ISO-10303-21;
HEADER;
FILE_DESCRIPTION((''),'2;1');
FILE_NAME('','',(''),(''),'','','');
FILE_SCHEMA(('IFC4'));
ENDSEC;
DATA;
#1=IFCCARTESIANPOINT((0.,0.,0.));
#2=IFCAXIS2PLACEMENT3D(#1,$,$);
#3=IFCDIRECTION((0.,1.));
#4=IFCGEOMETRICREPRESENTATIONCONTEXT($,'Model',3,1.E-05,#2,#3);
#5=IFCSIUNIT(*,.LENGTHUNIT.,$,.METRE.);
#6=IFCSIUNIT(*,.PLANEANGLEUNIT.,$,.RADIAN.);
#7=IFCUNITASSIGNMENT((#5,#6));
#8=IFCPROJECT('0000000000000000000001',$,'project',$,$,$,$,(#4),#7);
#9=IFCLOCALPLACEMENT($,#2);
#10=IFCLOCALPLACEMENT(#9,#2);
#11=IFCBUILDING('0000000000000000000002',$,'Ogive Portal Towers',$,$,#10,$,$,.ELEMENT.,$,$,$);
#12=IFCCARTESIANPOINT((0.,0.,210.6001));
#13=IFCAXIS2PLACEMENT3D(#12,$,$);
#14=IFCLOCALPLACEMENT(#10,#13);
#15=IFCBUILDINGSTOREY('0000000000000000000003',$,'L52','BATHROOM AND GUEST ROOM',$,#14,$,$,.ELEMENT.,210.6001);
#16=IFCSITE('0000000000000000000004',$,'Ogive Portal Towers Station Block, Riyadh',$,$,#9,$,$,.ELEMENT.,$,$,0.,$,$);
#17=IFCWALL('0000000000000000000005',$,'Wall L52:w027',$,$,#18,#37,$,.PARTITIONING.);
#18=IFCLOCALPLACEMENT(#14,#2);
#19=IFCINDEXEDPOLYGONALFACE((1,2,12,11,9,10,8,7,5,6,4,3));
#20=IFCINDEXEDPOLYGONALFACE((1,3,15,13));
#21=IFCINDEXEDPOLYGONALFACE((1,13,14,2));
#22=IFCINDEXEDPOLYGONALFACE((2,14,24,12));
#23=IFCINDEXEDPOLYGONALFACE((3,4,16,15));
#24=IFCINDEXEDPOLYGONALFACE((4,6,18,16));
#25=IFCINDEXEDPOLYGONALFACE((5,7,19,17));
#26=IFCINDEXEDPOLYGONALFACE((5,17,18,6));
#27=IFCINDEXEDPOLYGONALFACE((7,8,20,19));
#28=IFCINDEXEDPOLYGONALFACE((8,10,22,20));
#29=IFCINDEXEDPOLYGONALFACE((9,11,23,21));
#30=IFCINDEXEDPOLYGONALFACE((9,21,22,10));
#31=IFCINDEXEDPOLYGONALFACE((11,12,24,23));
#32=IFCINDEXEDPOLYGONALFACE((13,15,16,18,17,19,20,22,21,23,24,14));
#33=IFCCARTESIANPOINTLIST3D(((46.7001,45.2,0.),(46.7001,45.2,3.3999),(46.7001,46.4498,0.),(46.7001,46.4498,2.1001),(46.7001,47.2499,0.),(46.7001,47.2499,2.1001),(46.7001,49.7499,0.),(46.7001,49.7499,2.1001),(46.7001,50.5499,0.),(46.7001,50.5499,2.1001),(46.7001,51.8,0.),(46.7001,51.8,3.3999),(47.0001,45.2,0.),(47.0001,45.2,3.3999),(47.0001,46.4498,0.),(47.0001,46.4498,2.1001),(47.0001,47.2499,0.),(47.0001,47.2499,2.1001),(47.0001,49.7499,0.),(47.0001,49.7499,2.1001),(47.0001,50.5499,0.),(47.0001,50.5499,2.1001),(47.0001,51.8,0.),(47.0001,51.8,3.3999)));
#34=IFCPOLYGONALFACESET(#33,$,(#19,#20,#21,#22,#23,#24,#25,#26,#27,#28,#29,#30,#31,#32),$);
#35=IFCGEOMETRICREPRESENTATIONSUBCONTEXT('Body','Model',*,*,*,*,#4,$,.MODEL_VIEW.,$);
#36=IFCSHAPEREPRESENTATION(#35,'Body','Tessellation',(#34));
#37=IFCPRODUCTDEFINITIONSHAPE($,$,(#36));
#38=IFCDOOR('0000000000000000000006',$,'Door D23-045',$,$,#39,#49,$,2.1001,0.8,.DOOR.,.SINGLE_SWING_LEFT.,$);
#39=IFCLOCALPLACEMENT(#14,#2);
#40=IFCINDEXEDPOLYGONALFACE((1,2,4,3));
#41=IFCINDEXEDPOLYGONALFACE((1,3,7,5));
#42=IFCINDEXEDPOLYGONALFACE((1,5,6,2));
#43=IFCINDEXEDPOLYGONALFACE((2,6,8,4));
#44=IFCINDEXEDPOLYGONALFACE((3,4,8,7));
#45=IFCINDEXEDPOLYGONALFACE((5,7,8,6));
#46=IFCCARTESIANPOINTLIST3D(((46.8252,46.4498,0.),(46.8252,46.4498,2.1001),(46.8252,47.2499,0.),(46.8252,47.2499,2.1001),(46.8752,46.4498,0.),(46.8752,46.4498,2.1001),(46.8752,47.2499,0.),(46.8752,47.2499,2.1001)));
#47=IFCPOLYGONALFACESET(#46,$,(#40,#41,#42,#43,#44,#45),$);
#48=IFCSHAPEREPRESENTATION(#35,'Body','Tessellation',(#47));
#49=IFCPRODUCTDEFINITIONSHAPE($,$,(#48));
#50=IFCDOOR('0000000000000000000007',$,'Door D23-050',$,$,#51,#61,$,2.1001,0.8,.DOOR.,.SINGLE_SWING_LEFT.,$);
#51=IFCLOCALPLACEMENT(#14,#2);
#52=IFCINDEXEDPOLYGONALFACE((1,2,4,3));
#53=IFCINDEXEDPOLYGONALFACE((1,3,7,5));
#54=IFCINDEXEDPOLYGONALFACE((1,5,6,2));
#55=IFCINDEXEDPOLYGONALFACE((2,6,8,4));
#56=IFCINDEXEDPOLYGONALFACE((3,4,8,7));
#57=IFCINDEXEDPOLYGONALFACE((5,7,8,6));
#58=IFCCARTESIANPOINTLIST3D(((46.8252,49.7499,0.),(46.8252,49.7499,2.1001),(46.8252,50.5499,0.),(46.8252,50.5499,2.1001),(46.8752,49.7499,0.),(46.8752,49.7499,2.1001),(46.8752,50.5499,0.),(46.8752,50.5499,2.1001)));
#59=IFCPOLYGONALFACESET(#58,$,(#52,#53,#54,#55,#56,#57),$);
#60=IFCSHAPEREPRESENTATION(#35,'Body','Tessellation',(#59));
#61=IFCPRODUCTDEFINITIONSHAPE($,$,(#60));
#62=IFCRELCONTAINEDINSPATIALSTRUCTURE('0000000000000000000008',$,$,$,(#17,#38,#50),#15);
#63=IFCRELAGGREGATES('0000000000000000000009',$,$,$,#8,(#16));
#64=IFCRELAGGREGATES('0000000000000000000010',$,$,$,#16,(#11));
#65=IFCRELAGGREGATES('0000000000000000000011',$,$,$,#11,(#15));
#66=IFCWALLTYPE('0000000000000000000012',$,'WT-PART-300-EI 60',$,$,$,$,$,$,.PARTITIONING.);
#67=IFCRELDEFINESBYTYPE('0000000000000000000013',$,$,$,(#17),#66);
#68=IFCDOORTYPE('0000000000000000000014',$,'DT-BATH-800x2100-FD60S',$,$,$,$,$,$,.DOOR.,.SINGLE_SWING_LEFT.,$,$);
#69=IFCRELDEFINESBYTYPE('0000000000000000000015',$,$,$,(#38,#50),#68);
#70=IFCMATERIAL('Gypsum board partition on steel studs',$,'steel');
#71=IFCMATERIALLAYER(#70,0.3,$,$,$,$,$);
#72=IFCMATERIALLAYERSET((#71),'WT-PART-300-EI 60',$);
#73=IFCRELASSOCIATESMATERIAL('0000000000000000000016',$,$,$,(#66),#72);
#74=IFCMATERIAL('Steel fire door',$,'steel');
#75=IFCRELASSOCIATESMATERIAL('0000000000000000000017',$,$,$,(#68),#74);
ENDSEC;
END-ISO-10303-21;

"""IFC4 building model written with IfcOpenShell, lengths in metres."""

from ifc_helpers import new_model, si_unit, direction, frame, frame_2d, origin, place, context, subcontext, project, spatial, rectangle, extrude, material, layer, layer_set, type_object, element, fill, save


model = new_model("IFC4")

# Units and contexts
model_context = context("Model", 3, precision=1e-05, world=origin(), true_north=direction((0.0, 1.0)))
body_context = subcontext(model_context, "Body", "Model", "MODEL_VIEW")
ifc_project = project(units=[si_unit("LENGTHUNIT", "METRE"), si_unit("PLANEANGLEUNIT", "RADIAN")], contexts=[model_context])

# Site, building, storey
site_placement = place(None, origin())
site = spatial("IfcSite", under=ifc_project, at=site_placement, Name="Ogive Portal Towers Station Block, Riyadh", CompositionType="ELEMENT", RefElevation=0.0)
building_placement = place(site_placement, origin())
building = spatial("IfcBuilding", under=site, at=building_placement, Name="Ogive Portal Towers", CompositionType="ELEMENT")
storey_placement = place(building_placement, frame((0.0, 0.0, 210.6001)))
storey = spatial("IfcBuildingStorey", under=building, at=storey_placement, Name="L52", Description="BATHROOM AND GUEST ROOM", CompositionType="ELEMENT", Elevation=210.6001)

# Shared definitions
ifc_material_1 = material(Name="Gypsum board partition on steel studs", Category="steel")
ifc_layer_1 = layer(ifc_material_1, 0.3)
ifc_layer_set_1 = layer_set([ifc_layer_1], Name="WT-PART-300-EI 60")
wall_type = type_object("IfcWallType", Name="WT-PART-300-EI 60", PredefinedType="PARTITIONING", material=ifc_layer_set_1)

# Wall, openings, doors
wall_1_placement = place(storey_placement, frame((46.8501, 45.2, 0.0), z_axis=(0.0, 0.0, 1.0), x_axis=(0.0, 1.0, 0.0)))
wall_1 = element("IfcWall", 1, at=wall_1_placement, inside=storey, type_object=wall_type, Name="Wall L52:w027", PredefinedType="PARTITIONING", context=body_context, shape_type="SweptSolid", body=[
    extrude(rectangle(XDim=6.6001, YDim=0.3, at=frame_2d((3.3, 0.0))), origin(), (0.0, 0.0, 1.0), 3.3999),
])
opening_1_placement = place(wall_1_placement, frame((1.25, 0.0, 0.0)))
opening_1 = element("IfcOpeningElement", 2, at=opening_1_placement, cuts=wall_1, PredefinedType="OPENING", context=body_context, shape_type="SweptSolid", body=[
    extrude(rectangle(XDim=0.8, YDim=2.1001, at=frame_2d((0.3999, 1.05))), frame((0.0, 0.1602, 0.0), z_axis=(0.0, -1.0, 0.0), x_axis=(1.0, 0.0, 0.0)), (0.0, 0.0, 1.0), 0.3201),
])
opening_2_placement = place(wall_1_placement, frame((4.55, 0.0, 0.0)))
opening_2 = element("IfcOpeningElement", 3, at=opening_2_placement, cuts=wall_1, PredefinedType="OPENING", context=body_context, shape_type="SweptSolid", body=[
    extrude(rectangle(XDim=0.8, YDim=2.1001, at=frame_2d((0.3999, 1.05))), frame((0.0, 0.1602, 0.0), z_axis=(0.0, -1.0, 0.0), x_axis=(1.0, 0.0, 0.0)), (0.0, 0.0, 1.0), 0.3201),
])
ifc_material_2 = material(Name="Steel fire door", Category="steel")
door_type = type_object("IfcDoorType", Name="DT-BATH-800x2100-FD60S", OperationType="SINGLE_SWING_LEFT", PredefinedType="DOOR", material=ifc_material_2)
door_1_placement = place(opening_1_placement, origin())
door_1 = element("IfcDoor", 4, at=door_1_placement, inside=storey, type_object=door_type, Name="Door D23-045", OperationType="SINGLE_SWING_LEFT", OverallHeight=2.1001, OverallWidth=0.8, PredefinedType="DOOR", context=body_context, shape_type="SweptSolid", body=[
    extrude(rectangle(XDim=0.8, YDim=2.1001, at=frame_2d((0.3999, 1.05))), frame((0.0, 0.0249, 0.0), z_axis=(0.0, -1.0, 0.0), x_axis=(1.0, 0.0, 0.0)), (0.0, 0.0, 1.0), 0.05),
])
fill(opening_1, door_1)
door_2_placement = place(opening_2_placement, origin())
door_2 = element("IfcDoor", 5, at=door_2_placement, inside=storey, type_object=door_type, Name="Door D23-050", OperationType="SINGLE_SWING_LEFT", OverallHeight=2.1001, OverallWidth=0.8, PredefinedType="DOOR", context=body_context, shape_type="SweptSolid", body=[
    extrude(rectangle(XDim=0.8, YDim=2.1001, at=frame_2d((0.3999, 1.05))), frame((0.0, 0.0249, 0.0), z_axis=(0.0, -1.0, 0.0), x_axis=(1.0, 0.0, 0.0)), (0.0, 0.0, 1.0), 0.05),
])
fill(opening_2, door_2)

save(model, "model.ifc")
